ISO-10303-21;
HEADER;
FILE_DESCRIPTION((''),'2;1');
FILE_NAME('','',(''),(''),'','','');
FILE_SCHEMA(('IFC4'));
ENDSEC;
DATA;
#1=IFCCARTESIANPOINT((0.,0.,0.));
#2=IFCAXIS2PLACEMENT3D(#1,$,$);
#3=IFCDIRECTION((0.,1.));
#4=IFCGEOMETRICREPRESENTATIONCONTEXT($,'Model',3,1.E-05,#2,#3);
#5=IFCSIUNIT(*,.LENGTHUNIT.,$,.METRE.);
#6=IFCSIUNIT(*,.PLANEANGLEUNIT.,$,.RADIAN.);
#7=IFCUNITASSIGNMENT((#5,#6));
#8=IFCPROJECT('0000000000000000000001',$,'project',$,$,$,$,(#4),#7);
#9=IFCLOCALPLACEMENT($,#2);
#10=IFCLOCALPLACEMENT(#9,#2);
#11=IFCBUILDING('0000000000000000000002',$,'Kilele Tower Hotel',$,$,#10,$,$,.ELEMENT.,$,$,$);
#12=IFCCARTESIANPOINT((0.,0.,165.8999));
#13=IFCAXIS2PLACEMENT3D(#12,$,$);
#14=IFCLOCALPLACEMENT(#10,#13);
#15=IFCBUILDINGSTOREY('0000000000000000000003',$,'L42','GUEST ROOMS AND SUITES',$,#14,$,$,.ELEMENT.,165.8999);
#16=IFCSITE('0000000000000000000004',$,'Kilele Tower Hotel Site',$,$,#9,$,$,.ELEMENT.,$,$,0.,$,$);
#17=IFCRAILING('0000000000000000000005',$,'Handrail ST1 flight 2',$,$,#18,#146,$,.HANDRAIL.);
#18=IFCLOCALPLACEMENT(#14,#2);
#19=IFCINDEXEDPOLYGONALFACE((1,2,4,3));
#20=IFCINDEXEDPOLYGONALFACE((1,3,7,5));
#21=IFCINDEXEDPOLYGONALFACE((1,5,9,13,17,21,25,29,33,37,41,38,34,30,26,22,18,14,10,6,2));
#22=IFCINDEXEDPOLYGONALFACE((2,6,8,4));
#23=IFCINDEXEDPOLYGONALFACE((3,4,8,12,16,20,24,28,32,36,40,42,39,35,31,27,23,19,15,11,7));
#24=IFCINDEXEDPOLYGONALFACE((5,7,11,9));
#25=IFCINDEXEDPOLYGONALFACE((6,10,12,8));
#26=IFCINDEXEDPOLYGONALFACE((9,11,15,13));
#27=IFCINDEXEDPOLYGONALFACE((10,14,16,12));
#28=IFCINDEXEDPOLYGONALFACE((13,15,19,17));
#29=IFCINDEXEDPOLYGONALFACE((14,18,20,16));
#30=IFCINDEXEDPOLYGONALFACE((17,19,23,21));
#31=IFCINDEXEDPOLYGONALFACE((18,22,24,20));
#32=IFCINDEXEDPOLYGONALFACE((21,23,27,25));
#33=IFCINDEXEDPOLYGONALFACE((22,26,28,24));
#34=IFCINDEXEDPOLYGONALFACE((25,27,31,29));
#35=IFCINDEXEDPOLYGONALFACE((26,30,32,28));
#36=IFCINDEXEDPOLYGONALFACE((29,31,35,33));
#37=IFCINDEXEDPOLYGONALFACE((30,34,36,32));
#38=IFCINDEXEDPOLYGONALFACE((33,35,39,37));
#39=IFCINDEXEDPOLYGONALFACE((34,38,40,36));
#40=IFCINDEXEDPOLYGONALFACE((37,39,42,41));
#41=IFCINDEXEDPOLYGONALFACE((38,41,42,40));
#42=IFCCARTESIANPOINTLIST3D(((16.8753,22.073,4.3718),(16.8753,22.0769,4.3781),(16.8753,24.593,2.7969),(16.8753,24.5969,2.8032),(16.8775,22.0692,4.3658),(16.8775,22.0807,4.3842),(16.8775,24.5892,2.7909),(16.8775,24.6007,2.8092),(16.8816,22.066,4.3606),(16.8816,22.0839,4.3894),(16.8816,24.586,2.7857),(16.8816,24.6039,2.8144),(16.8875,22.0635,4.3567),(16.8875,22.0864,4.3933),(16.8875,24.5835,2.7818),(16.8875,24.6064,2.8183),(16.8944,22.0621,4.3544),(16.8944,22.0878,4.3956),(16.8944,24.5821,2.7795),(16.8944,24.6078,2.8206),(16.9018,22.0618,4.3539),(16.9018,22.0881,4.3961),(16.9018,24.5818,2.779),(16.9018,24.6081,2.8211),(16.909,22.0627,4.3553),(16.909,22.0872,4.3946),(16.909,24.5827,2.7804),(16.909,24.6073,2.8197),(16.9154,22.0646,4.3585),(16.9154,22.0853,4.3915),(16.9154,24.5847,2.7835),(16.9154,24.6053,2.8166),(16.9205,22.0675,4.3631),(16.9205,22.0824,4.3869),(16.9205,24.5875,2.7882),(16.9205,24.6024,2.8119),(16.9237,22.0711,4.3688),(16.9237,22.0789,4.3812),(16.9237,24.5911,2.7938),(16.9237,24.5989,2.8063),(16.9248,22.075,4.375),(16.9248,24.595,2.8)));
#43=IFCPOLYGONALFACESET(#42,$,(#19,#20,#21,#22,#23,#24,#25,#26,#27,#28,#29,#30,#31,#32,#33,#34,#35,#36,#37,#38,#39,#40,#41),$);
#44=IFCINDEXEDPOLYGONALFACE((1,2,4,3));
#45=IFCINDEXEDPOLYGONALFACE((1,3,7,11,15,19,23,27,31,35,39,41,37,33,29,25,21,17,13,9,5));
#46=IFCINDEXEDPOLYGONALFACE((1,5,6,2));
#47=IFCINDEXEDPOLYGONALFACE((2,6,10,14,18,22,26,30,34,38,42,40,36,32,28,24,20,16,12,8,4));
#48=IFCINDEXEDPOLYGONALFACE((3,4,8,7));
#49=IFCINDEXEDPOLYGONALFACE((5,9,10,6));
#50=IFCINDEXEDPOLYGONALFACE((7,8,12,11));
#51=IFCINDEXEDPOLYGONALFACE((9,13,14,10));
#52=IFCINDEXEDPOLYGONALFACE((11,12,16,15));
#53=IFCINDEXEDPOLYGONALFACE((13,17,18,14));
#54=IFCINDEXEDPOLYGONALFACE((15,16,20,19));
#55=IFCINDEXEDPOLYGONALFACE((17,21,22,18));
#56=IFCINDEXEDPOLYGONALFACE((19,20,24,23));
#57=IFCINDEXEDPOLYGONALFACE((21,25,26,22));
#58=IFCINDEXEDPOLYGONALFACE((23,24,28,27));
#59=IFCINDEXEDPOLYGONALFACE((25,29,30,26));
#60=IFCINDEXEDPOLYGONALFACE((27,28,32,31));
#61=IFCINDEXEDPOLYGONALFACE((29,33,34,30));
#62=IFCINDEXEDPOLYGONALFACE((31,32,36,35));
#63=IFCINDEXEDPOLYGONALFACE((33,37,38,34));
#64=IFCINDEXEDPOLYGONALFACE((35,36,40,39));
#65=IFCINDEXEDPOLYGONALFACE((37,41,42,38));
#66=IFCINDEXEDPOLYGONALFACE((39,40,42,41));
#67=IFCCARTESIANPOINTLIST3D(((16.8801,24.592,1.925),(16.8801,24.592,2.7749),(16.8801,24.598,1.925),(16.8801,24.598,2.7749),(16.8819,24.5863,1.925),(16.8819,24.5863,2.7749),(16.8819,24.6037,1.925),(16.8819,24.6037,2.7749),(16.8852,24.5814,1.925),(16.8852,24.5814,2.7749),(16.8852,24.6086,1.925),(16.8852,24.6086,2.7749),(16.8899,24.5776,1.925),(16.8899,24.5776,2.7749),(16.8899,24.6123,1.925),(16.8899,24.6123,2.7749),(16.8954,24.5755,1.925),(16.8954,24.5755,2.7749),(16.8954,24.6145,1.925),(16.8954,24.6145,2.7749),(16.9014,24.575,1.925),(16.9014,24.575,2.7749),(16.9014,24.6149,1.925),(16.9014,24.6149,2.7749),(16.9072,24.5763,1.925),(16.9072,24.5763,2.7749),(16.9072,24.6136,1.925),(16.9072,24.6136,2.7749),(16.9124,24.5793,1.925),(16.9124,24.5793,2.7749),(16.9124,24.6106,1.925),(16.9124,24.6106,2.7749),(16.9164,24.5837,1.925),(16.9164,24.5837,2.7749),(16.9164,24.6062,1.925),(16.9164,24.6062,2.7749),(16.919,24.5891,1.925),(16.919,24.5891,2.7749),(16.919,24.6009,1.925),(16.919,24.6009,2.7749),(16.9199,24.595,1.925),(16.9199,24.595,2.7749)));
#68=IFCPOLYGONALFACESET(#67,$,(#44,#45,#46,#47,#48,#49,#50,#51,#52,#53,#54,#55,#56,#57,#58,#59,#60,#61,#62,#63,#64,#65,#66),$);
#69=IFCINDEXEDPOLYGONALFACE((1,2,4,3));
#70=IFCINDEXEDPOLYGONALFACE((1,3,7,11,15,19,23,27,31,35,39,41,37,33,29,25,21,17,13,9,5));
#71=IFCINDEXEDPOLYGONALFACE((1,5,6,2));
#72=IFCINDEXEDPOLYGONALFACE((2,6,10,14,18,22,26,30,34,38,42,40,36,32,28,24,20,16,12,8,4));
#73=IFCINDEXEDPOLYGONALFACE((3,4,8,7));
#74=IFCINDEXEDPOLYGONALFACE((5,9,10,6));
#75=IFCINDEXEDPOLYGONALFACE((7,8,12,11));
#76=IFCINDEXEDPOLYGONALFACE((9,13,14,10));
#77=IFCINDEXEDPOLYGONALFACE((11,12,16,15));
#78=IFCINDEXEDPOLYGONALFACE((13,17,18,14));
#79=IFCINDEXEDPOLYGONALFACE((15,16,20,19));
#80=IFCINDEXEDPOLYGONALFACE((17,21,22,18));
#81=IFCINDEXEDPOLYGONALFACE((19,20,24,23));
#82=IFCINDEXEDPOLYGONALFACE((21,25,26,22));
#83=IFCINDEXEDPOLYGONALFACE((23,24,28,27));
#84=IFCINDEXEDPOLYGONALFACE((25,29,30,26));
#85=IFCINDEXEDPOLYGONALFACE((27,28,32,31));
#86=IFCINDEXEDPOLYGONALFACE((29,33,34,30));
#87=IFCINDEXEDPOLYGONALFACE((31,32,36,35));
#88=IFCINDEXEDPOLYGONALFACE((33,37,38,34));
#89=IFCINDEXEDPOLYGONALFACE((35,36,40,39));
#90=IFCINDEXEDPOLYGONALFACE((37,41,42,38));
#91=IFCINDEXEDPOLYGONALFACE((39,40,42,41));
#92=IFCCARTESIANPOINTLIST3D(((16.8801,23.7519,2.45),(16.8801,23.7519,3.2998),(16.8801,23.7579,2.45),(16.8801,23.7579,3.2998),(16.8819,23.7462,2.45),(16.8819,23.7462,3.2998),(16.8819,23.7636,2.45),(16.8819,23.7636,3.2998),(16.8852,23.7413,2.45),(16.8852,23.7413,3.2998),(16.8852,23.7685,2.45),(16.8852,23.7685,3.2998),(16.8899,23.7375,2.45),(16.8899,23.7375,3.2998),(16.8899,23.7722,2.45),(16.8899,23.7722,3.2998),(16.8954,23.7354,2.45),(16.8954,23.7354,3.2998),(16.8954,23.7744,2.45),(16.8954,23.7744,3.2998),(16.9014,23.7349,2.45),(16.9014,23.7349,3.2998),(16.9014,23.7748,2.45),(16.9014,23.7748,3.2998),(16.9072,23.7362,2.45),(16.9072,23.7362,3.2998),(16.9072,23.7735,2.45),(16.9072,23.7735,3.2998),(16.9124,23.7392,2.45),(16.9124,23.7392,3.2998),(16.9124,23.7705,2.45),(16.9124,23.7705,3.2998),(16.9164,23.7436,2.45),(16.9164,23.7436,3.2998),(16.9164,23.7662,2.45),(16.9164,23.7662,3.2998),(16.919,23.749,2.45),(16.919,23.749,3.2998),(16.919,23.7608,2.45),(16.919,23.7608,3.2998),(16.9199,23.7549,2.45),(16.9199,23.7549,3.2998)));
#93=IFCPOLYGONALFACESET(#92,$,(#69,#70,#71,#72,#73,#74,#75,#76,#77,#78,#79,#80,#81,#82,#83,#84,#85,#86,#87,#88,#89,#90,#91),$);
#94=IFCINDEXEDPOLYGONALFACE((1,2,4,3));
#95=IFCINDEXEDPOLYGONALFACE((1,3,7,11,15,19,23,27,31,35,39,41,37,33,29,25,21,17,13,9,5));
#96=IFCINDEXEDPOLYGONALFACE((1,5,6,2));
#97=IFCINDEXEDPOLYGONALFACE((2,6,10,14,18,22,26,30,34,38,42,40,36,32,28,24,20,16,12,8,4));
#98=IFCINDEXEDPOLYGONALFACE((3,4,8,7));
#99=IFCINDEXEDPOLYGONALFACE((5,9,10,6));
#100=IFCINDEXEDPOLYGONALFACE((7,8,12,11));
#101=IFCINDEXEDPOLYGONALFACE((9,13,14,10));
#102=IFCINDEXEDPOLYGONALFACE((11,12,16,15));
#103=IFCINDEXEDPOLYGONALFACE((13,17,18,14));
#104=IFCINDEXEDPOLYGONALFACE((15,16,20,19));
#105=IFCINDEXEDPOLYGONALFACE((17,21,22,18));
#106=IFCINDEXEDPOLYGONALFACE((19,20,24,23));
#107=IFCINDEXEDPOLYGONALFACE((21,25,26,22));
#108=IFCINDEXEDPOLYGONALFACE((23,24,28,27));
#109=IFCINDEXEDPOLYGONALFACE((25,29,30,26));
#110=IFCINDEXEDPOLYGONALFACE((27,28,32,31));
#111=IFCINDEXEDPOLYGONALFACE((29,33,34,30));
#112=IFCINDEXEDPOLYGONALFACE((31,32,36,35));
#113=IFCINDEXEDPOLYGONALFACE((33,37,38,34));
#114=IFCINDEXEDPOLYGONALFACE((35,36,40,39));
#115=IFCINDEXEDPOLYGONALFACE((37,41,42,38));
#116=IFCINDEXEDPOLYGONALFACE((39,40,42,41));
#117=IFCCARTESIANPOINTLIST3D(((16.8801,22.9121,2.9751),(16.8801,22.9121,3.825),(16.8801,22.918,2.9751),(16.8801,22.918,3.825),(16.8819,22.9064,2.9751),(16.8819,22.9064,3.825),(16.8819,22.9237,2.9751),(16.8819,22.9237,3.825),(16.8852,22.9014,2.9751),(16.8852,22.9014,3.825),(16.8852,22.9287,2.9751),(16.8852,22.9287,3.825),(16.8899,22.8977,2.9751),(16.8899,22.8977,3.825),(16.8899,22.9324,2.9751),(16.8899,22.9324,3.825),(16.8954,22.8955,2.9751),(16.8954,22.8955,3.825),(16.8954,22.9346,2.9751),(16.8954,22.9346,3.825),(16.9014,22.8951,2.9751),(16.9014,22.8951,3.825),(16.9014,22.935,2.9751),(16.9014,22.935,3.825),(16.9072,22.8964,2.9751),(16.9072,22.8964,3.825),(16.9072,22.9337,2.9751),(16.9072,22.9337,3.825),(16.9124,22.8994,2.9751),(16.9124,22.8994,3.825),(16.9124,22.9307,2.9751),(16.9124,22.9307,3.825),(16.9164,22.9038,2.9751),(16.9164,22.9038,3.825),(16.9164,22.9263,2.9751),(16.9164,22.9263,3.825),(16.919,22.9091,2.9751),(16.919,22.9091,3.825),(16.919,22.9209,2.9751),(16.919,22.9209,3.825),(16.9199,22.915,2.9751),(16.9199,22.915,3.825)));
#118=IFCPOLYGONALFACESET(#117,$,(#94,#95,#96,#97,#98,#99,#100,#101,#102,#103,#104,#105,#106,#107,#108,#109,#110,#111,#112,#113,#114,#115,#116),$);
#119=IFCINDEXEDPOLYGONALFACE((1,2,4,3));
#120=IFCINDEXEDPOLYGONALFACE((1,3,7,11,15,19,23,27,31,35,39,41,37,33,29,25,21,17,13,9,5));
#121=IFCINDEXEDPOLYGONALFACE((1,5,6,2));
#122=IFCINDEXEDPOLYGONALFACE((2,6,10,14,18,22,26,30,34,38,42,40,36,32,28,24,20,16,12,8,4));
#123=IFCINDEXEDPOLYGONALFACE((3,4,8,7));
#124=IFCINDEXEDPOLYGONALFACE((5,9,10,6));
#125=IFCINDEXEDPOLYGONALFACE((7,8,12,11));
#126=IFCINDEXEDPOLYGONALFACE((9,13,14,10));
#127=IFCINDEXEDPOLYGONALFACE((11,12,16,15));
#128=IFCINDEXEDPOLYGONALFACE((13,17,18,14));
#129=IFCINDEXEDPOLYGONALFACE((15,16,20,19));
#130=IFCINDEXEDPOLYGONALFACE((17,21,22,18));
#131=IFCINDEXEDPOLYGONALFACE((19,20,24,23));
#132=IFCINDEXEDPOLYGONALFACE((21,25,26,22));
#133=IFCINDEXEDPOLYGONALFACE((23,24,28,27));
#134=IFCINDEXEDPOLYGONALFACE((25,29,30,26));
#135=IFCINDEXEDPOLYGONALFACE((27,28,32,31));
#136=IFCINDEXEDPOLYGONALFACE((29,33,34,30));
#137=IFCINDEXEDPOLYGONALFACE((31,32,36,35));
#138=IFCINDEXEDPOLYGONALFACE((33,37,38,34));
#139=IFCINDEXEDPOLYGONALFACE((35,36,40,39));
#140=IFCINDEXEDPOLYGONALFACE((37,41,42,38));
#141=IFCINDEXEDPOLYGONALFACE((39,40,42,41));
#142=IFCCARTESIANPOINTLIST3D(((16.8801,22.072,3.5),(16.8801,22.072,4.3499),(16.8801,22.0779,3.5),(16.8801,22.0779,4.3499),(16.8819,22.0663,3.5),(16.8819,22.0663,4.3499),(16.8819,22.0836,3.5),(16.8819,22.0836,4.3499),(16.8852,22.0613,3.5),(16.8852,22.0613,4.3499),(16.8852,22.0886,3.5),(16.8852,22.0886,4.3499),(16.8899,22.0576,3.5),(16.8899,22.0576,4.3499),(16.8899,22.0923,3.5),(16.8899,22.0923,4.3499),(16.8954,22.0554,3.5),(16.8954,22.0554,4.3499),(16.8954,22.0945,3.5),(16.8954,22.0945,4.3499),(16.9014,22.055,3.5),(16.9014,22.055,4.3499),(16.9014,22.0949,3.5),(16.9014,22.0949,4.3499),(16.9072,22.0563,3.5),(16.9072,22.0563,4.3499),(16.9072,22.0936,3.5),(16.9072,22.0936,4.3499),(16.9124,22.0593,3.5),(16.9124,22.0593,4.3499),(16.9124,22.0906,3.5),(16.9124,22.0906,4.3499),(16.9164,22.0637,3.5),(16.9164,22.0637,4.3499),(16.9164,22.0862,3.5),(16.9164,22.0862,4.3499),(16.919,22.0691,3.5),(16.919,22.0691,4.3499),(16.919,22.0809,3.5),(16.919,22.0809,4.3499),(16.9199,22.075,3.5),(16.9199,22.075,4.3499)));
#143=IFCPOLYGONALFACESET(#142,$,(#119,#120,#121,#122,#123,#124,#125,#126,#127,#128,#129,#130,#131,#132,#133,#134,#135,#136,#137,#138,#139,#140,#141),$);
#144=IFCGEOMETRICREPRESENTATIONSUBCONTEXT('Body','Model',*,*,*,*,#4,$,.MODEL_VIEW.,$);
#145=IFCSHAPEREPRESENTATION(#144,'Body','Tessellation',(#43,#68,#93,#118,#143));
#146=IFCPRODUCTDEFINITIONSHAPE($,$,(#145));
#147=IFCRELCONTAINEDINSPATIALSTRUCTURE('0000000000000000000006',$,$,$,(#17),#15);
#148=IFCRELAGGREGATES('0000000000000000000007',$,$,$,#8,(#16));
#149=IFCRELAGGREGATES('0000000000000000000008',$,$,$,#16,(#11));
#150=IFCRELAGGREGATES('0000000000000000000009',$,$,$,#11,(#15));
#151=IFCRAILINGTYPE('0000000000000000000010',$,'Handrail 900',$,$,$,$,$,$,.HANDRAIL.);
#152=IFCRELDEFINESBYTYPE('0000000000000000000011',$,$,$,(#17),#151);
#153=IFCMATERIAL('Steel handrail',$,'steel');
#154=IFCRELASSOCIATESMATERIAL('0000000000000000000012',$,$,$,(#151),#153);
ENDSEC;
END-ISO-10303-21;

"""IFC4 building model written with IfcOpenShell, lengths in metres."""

from ifc_helpers import new_model, si_unit, direction, frame, origin, origin_2d, place, context, subcontext, project, spatial, circle, extrude, material, type_object, element, save


model = new_model("IFC4")

# Units and contexts
model_context = context("Model", 3, precision=1e-05, world=origin(), true_north=direction((0.0, 1.0)))
body_context = subcontext(model_context, "Body", "Model", "MODEL_VIEW")
ifc_project = project(units=[si_unit("LENGTHUNIT", "METRE"), si_unit("PLANEANGLEUNIT", "RADIAN")], contexts=[model_context])

# Site, building, storey
site_placement = place(None, origin())
site = spatial("IfcSite", under=ifc_project, at=site_placement, Name="Kilele Tower Hotel Site", CompositionType="ELEMENT", RefElevation=0.0)
building_placement = place(site_placement, origin())
building = spatial("IfcBuilding", under=site, at=building_placement, Name="Kilele Tower Hotel", CompositionType="ELEMENT")
storey_placement = place(building_placement, frame((0.0, 0.0, 165.8999)))
storey = spatial("IfcBuildingStorey", under=building, at=storey_placement, Name="L42", Description="GUEST ROOMS AND SUITES", CompositionType="ELEMENT", Elevation=165.8999)

# Railing
ifc_material_1 = material(Name="Steel handrail", Category="steel")
railing_type_1 = type_object("IfcRailingType", Name="Handrail 900", PredefinedType="HANDRAIL", material=ifc_material_1)
for number, where, name in (
    (1, (16.8999, 24.595, 1.925), "Handrail ST1 flight 2"),
):
    element("IfcRailing", number, at=place(storey_placement, frame(where)), inside=storey, type_object=railing_type_1, Name=name, PredefinedType="HANDRAIL", context=body_context, shape_type="SweptSolid", body=[
        extrude(circle(Radius=0.0249, at=origin_2d()), frame((0.0, 0.0, 0.875), z_axis=(0.0, -0.848008, 0.529984), x_axis=(1.0, 0.0, 0.0)), (0.0, 0.0, 1.0), 2.9717),
        extrude(circle(Radius=0.02, at=origin_2d()), origin(), (0.0, 0.0, 1.0), 0.8499),
        extrude(circle(Radius=0.02, at=origin_2d()), frame((0.0, -0.8401, 0.5249)), (0.0, 0.0, 1.0), 0.8499),
        extrude(circle(Radius=0.02, at=origin_2d()), frame((0.0, -1.6799, 1.05)), (0.0, 0.0, 1.0), 0.8499),
        extrude(circle(Radius=0.02, at=origin_2d()), frame((0.0, -2.52, 1.575)), (0.0, 0.0, 1.0), 0.8499),
    ])

save(model, "model.ifc")
